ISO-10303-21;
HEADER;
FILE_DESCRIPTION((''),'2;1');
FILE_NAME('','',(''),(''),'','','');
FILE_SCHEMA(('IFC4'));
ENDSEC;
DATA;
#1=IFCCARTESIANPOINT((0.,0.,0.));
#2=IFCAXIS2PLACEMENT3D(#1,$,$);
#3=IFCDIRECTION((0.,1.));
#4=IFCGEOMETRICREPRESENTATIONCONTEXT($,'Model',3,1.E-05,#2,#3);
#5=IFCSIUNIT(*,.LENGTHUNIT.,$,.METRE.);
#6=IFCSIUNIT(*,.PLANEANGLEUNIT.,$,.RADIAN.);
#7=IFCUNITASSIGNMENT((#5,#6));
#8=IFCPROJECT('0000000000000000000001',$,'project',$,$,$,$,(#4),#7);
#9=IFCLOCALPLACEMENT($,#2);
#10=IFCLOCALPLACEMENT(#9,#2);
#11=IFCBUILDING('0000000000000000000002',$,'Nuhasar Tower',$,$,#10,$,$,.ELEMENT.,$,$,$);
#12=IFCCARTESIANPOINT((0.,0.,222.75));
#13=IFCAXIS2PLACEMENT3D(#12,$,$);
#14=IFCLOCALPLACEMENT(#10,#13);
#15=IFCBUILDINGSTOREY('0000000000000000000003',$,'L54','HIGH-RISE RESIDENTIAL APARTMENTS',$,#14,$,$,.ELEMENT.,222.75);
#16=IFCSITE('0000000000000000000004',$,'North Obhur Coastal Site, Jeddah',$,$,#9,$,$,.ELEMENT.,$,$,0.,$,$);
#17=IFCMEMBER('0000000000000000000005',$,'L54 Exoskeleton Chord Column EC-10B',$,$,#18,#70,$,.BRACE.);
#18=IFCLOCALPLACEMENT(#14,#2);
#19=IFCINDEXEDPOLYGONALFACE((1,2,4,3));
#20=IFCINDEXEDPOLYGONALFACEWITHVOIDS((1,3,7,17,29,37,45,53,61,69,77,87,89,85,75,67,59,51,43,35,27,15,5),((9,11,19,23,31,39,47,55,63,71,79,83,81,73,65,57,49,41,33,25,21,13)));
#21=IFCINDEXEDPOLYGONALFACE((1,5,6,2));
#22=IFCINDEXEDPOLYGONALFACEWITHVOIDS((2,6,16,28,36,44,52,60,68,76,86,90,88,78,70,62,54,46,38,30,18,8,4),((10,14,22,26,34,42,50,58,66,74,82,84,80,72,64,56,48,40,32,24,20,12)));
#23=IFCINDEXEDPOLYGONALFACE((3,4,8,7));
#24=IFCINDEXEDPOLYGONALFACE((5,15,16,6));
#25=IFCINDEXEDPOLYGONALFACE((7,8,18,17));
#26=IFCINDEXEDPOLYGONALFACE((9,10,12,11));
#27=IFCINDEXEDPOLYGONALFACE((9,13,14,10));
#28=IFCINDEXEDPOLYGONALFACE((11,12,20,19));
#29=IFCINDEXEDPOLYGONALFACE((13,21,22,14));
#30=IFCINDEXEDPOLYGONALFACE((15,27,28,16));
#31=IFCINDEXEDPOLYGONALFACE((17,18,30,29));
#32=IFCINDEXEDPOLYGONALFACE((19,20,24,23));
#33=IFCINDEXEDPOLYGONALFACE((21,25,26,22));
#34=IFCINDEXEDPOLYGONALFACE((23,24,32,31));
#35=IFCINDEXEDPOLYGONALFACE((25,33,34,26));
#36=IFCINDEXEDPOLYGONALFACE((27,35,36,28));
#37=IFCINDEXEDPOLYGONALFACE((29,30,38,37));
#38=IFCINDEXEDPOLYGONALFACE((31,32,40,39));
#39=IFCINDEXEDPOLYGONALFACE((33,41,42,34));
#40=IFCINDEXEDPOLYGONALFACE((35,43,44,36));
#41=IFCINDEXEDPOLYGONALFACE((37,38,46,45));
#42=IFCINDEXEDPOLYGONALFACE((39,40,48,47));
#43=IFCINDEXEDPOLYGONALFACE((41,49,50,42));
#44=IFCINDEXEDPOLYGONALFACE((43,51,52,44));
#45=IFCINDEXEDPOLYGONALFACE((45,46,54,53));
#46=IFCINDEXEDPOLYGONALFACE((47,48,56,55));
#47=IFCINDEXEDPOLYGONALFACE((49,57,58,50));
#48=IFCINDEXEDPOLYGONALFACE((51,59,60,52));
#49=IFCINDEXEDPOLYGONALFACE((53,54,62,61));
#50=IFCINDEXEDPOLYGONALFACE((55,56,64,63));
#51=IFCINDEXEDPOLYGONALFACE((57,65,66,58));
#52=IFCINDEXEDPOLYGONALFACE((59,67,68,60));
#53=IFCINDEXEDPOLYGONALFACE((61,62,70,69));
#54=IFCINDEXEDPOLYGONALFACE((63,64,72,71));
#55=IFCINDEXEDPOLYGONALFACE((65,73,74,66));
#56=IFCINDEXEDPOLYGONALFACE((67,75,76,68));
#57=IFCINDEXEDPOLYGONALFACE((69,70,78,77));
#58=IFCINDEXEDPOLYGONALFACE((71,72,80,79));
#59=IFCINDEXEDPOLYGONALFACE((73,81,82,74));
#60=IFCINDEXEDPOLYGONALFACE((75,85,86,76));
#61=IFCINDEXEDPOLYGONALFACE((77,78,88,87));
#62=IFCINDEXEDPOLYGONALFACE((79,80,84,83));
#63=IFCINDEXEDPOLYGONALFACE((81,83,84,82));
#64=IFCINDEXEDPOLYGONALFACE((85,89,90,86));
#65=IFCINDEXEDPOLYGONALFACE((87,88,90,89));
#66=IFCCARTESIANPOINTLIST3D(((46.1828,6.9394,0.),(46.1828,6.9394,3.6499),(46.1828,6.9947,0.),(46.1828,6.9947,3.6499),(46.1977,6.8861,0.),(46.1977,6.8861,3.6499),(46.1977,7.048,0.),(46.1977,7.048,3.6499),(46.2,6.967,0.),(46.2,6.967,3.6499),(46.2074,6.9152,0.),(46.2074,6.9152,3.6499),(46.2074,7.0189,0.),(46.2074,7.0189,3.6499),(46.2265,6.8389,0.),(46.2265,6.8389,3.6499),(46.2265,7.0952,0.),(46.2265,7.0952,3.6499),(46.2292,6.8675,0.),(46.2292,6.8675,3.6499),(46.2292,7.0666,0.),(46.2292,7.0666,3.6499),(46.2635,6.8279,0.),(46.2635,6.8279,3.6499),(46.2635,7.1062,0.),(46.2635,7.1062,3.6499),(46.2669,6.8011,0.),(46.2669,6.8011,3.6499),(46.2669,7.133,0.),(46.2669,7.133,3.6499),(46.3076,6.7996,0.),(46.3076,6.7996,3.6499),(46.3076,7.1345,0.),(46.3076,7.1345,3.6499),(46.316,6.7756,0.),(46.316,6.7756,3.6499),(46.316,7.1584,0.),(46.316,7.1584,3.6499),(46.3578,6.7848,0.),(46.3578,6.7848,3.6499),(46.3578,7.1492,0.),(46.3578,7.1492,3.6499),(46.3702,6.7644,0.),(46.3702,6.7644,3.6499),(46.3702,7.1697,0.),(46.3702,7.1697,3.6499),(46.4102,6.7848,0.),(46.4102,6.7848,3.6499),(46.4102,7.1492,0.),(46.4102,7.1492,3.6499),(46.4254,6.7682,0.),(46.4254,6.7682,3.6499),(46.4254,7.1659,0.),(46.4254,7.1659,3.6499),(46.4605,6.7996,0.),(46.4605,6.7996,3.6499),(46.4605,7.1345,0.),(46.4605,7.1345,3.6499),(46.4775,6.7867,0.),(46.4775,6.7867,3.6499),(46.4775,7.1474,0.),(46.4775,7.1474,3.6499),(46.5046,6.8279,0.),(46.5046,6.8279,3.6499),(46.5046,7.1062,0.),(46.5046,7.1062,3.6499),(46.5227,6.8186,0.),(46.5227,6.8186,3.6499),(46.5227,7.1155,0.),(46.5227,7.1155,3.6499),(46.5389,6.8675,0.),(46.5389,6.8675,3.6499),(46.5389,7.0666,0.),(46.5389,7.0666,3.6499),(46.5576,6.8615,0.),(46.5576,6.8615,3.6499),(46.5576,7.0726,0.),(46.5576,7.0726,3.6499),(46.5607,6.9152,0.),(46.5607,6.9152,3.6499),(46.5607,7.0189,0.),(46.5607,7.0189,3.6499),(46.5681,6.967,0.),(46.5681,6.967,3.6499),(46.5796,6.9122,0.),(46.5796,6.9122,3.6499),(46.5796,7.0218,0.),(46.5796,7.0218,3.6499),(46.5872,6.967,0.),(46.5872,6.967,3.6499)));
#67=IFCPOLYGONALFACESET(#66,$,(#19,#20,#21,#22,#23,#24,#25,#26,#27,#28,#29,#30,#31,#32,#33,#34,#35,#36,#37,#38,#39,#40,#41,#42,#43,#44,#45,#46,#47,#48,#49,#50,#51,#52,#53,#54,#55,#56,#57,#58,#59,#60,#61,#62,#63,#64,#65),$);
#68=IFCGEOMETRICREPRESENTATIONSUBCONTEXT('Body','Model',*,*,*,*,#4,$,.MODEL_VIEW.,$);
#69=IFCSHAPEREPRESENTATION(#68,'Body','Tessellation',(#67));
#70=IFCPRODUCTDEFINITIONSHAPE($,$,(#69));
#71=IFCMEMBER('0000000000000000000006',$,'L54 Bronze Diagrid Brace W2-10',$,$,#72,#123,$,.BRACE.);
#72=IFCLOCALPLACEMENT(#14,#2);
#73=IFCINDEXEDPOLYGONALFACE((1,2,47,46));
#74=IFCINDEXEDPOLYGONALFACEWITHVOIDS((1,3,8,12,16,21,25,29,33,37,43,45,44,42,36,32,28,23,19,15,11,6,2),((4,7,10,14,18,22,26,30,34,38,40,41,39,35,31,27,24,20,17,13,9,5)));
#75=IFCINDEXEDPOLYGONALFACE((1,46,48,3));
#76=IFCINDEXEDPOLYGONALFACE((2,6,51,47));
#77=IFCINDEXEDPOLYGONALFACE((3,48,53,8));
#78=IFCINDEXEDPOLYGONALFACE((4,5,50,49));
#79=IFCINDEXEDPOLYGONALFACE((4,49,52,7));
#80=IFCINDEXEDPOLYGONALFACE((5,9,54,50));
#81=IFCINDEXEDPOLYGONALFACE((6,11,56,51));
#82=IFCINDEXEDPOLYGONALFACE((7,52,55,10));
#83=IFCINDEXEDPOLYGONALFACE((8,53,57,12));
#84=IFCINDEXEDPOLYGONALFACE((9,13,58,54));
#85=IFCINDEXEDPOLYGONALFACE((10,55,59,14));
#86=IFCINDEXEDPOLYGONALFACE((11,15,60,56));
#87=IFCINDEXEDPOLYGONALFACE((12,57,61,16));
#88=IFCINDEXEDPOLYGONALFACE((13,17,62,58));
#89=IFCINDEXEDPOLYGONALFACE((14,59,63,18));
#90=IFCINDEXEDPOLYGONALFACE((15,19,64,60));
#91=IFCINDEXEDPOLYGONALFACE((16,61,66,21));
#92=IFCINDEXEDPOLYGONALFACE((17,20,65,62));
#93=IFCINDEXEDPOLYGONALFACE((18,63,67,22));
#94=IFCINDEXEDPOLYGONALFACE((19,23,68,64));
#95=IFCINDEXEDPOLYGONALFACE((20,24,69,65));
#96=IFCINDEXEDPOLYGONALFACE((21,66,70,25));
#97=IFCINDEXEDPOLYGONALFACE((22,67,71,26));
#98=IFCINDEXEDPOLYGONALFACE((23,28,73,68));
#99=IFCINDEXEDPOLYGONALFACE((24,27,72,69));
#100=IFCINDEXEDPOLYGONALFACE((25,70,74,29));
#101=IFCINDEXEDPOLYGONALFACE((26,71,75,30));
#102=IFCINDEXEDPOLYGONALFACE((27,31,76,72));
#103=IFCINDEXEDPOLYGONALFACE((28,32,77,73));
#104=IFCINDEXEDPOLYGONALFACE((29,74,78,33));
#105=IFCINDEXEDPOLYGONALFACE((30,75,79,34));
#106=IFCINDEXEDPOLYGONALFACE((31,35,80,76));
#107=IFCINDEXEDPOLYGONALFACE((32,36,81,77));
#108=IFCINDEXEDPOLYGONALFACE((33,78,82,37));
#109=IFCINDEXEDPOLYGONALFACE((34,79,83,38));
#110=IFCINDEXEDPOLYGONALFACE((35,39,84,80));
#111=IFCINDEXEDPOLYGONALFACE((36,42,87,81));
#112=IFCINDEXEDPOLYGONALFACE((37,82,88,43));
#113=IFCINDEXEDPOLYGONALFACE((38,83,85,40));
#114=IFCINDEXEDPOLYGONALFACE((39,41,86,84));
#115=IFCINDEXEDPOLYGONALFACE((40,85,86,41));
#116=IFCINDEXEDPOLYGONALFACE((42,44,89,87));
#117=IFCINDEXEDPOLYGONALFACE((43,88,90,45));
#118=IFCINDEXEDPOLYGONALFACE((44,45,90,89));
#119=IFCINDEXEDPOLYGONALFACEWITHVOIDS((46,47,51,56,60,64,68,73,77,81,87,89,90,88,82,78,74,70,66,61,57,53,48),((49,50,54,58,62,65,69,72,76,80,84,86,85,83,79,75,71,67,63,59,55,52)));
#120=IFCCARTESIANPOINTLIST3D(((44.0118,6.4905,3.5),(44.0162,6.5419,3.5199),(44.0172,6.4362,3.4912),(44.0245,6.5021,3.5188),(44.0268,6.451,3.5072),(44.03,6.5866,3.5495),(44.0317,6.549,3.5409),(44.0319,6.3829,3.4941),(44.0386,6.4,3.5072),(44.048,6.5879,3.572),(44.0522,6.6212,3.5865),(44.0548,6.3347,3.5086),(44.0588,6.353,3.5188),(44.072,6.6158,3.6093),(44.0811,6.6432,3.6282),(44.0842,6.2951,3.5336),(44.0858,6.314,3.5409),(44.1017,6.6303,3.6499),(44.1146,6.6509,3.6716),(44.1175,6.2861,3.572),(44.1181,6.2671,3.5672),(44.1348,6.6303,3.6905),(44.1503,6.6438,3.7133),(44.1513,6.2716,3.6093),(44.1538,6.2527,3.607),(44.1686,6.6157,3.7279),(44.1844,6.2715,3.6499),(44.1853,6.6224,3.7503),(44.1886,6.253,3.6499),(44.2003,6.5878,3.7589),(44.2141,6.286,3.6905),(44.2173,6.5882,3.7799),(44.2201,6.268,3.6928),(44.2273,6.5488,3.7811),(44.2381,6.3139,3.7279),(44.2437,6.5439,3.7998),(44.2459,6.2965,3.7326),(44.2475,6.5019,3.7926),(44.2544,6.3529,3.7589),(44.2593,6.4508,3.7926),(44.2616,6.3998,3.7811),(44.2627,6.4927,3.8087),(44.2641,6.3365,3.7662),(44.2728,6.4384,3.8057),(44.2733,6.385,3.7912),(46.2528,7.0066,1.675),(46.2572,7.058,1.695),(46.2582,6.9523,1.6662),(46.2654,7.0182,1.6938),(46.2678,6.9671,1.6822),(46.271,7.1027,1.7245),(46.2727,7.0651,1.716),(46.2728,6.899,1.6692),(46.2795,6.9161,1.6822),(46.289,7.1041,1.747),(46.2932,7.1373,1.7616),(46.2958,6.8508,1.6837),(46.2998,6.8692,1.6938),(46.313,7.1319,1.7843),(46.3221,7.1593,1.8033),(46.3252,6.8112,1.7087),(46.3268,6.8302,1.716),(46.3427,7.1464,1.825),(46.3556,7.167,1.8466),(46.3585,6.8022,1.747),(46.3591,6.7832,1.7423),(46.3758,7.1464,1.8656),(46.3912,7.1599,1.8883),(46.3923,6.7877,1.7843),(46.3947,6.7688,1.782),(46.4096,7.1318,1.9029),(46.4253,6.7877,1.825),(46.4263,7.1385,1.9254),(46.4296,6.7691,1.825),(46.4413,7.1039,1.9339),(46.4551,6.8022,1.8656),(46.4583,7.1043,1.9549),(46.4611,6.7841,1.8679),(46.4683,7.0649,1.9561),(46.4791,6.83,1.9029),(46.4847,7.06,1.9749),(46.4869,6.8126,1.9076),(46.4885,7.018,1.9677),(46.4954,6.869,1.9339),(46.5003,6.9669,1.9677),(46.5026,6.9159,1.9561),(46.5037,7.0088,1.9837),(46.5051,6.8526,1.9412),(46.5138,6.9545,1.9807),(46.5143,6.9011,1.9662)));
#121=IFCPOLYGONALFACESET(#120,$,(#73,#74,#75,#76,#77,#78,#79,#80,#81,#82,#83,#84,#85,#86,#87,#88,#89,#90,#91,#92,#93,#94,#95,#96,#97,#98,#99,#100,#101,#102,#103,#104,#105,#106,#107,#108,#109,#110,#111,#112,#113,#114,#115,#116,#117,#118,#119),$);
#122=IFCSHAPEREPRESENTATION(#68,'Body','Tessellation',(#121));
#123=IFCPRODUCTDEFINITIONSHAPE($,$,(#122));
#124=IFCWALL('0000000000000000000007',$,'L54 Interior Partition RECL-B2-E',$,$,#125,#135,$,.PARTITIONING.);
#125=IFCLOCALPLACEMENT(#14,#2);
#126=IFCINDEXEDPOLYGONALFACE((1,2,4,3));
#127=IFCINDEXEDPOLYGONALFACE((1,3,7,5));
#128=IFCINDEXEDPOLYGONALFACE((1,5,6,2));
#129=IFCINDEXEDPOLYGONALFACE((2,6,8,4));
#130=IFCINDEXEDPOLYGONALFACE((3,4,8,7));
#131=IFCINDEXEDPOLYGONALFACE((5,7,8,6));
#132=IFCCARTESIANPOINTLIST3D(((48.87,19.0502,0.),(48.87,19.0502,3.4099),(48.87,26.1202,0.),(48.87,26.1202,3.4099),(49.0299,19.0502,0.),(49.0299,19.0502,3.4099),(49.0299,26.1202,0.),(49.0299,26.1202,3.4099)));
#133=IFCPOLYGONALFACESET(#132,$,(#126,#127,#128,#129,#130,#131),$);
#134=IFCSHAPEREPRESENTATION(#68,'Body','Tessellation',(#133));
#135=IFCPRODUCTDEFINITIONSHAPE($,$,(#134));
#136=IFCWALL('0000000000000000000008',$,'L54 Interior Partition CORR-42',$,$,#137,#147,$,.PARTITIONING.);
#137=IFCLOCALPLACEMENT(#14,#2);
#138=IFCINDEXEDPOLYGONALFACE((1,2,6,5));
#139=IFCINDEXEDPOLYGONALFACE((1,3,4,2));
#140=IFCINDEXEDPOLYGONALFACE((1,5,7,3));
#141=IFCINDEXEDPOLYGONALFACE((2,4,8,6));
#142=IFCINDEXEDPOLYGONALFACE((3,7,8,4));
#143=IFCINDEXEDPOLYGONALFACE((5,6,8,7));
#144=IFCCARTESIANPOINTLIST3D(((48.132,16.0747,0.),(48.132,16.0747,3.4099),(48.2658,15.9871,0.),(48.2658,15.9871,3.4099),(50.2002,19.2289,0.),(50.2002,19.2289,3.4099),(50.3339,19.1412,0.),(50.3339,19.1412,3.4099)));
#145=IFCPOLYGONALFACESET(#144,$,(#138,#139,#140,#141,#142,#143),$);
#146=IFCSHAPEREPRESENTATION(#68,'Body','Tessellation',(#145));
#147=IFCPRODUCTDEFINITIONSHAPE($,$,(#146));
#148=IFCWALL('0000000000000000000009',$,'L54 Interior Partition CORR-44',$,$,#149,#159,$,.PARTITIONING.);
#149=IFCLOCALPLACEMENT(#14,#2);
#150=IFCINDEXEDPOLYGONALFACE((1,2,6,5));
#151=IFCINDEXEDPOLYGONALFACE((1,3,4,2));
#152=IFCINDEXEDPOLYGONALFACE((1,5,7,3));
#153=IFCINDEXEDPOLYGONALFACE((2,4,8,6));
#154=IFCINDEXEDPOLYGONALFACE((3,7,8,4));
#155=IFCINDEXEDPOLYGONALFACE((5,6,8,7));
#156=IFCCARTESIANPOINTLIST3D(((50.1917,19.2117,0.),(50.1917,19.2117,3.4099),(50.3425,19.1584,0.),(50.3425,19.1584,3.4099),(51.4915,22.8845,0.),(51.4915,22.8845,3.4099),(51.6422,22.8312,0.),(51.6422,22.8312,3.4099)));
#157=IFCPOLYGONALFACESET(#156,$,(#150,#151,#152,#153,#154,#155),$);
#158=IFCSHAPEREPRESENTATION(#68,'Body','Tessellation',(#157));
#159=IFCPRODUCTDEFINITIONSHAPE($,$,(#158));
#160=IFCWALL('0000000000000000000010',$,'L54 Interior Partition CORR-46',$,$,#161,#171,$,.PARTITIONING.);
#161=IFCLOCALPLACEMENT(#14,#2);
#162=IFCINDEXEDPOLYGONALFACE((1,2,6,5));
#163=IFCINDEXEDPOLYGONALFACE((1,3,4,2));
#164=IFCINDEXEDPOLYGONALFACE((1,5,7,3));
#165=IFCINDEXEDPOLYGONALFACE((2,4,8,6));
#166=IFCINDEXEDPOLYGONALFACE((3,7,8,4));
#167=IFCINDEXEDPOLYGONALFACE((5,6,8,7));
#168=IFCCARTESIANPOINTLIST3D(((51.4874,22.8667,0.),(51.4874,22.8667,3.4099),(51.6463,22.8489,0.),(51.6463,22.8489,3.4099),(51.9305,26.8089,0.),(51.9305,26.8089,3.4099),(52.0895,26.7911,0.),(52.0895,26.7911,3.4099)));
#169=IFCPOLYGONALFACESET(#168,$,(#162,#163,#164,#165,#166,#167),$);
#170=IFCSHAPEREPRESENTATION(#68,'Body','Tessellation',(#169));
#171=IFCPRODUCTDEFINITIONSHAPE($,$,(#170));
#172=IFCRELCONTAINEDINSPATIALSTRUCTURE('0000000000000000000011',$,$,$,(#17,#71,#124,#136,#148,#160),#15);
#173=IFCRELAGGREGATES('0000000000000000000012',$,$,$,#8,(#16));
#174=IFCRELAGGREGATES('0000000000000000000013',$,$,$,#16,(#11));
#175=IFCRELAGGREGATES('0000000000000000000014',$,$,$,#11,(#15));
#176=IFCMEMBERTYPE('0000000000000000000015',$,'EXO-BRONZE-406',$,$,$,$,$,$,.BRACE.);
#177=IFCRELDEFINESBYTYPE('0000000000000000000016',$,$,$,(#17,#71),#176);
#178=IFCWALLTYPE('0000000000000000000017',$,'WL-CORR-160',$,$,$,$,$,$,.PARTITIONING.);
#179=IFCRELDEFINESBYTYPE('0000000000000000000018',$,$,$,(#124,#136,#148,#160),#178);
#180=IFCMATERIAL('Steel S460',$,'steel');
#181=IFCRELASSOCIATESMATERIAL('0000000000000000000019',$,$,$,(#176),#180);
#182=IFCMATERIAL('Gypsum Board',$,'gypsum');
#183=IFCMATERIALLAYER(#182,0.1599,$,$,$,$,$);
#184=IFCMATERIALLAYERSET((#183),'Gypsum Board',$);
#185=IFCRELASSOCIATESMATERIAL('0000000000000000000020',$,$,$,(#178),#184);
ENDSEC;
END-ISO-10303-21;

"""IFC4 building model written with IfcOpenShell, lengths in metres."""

from ifc_helpers import new_model, si_unit, direction, frame, frame_2d, origin, origin_2d, place, context, subcontext, project, spatial, rectangle, hollow_circle, extrude, material, layer, layer_set, material_profile, profile_set, type_object, element, save


model = new_model("IFC4")

# Units and contexts
model_context = context("Model", 3, precision=1e-05, world=origin(), true_north=direction((0.0, 1.0)))
body_context = subcontext(model_context, "Body", "Model", "MODEL_VIEW")
ifc_project = project(units=[si_unit("LENGTHUNIT", "METRE"), si_unit("PLANEANGLEUNIT", "RADIAN")], contexts=[model_context])

# Site, building, storey
site_placement = place(None, origin())
site = spatial("IfcSite", under=ifc_project, at=site_placement, Name="North Obhur Coastal Site, Jeddah", CompositionType="ELEMENT", RefElevation=0.0)
building_placement = place(site_placement, origin())
building = spatial("IfcBuilding", under=site, at=building_placement, Name="Nuhasar Tower", CompositionType="ELEMENT")
storey_placement = place(building_placement, frame((0.0, 0.0, 222.75)))
storey = spatial("IfcBuildingStorey", under=building, at=storey_placement, Name="L54", Description="HIGH-RISE RESIDENTIAL APARTMENTS", CompositionType="ELEMENT", Elevation=222.75)

# Members
ifc_material_1 = material(Name="Steel S460", Category="steel")
ifc_material_profile_1 = material_profile(ifc_material_1, hollow_circle(Radius=0.2031, WallThickness=0.019, at=origin_2d()), Name="HSS406.4X19.1")
ifc_profile_set_1 = profile_set([ifc_material_profile_1], Name="Steel S460")
member_type_1 = type_object("IfcMemberType", Name="EXO-BRONZE-406", PredefinedType="BRACE", material=ifc_profile_set_1)
member_1_placement = place(storey_placement, frame((46.384, 6.967, 0.0), z_axis=(0.0, 0.0, 1.0), x_axis=(1.0, 0.0, 0.0)))
element("IfcMember", 1, at=member_1_placement, inside=storey, type_object=member_type_1, Name="L54 Exoskeleton Chord Column EC-10B", PredefinedType="BRACE", context=body_context, shape_type="SweptSolid", body=[
    extrude(hollow_circle(Radius=0.2031, WallThickness=0.019, at=origin_2d()), origin(), (0.0, 0.0, 1.0), 3.6499),
])
member_2_placement = place(storey_placement, frame((46.384, 6.967, 1.825), z_axis=(-0.763332, -0.175802, 0.621626), x_axis=(0.224433, -0.97449, 0.0)))
element("IfcMember", 2, at=member_2_placement, inside=storey, type_object=member_type_1, Name="L54 Bronze Diagrid Brace W2-10", PredefinedType="BRACE", context=body_context, shape_type="SweptSolid", body=[
    extrude(hollow_circle(Radius=0.2031, WallThickness=0.019, at=origin_2d()), origin(), (0.0, 0.0, 1.0), 2.9358),
])

# Wall
ifc_material_2 = material(Name="Gypsum Board", Category="gypsum")
ifc_layer_1 = layer(ifc_material_2, 0.1599)
ifc_layer_set_1 = layer_set([ifc_layer_1], Name="Gypsum Board")
wall_type_1 = type_object("IfcWallType", Name="WL-CORR-160", PredefinedType="PARTITIONING", material=ifc_layer_set_1)
wall_1_placement = place(storey_placement, frame((48.95, 19.05, 0.0), z_axis=(0.0, 0.0, 1.0), x_axis=(0.0, 1.0, 0.0)))
element("IfcWall", 3, at=wall_1_placement, inside=storey, type_object=wall_type_1, Name="L54 Interior Partition RECL-B2-E", PredefinedType="PARTITIONING", context=body_context, shape_type="SweptSolid", body=[
    extrude(rectangle(XDim=7.0701, YDim=0.1599, at=frame_2d((3.5352, 0.0))), origin(), (0.0, 0.0, 1.0), 3.4099),
])

# Walls
wall_2_placement = place(storey_placement, frame((48.199, 16.031, 0.0), z_axis=(0.0, 0.0, 1.0), x_axis=(0.548335, 0.836258, 0.0)))
element("IfcWall", 4, at=wall_2_placement, inside=storey, type_object=wall_type_1, Name="L54 Interior Partition CORR-42", PredefinedType="PARTITIONING", context=body_context, shape_type="SweptSolid", body=[
    extrude(rectangle(XDim=3.7717, YDim=0.1599, at=frame_2d((1.8857, 0.0))), origin(), (0.0, 0.0, 1.0), 3.4099),
])
wall_3_placement = place(storey_placement, frame((50.2671, 19.1851, 0.0), z_axis=(0.0, 0.0, 1.0), x_axis=(0.33362, 0.942708, 0.0)))
element("IfcWall", 5, at=wall_3_placement, inside=storey, type_object=wall_type_1, Name="L54 Interior Partition CORR-44", PredefinedType="PARTITIONING", context=body_context, shape_type="SweptSolid", body=[
    extrude(rectangle(XDim=3.896, YDim=0.1599, at=frame_2d((1.948, 0.0))), origin(), (0.0, 0.0, 1.0), 3.4099),
])
wall_4_placement = place(storey_placement, frame((51.5669, 22.8579, 0.0), z_axis=(0.0, 0.0, 1.0), x_axis=(0.111701, 0.993742, 0.0)))
element("IfcWall", 6, at=wall_4_placement, inside=storey, type_object=wall_type_1, Name="L54 Interior Partition CORR-46", PredefinedType="PARTITIONING", context=body_context, shape_type="SweptSolid", body=[
    extrude(rectangle(XDim=3.967, YDim=0.1599, at=frame_2d((1.9834, 0.0))), origin(), (0.0, 0.0, 1.0), 3.4099),
])

save(model, "model.ifc")
